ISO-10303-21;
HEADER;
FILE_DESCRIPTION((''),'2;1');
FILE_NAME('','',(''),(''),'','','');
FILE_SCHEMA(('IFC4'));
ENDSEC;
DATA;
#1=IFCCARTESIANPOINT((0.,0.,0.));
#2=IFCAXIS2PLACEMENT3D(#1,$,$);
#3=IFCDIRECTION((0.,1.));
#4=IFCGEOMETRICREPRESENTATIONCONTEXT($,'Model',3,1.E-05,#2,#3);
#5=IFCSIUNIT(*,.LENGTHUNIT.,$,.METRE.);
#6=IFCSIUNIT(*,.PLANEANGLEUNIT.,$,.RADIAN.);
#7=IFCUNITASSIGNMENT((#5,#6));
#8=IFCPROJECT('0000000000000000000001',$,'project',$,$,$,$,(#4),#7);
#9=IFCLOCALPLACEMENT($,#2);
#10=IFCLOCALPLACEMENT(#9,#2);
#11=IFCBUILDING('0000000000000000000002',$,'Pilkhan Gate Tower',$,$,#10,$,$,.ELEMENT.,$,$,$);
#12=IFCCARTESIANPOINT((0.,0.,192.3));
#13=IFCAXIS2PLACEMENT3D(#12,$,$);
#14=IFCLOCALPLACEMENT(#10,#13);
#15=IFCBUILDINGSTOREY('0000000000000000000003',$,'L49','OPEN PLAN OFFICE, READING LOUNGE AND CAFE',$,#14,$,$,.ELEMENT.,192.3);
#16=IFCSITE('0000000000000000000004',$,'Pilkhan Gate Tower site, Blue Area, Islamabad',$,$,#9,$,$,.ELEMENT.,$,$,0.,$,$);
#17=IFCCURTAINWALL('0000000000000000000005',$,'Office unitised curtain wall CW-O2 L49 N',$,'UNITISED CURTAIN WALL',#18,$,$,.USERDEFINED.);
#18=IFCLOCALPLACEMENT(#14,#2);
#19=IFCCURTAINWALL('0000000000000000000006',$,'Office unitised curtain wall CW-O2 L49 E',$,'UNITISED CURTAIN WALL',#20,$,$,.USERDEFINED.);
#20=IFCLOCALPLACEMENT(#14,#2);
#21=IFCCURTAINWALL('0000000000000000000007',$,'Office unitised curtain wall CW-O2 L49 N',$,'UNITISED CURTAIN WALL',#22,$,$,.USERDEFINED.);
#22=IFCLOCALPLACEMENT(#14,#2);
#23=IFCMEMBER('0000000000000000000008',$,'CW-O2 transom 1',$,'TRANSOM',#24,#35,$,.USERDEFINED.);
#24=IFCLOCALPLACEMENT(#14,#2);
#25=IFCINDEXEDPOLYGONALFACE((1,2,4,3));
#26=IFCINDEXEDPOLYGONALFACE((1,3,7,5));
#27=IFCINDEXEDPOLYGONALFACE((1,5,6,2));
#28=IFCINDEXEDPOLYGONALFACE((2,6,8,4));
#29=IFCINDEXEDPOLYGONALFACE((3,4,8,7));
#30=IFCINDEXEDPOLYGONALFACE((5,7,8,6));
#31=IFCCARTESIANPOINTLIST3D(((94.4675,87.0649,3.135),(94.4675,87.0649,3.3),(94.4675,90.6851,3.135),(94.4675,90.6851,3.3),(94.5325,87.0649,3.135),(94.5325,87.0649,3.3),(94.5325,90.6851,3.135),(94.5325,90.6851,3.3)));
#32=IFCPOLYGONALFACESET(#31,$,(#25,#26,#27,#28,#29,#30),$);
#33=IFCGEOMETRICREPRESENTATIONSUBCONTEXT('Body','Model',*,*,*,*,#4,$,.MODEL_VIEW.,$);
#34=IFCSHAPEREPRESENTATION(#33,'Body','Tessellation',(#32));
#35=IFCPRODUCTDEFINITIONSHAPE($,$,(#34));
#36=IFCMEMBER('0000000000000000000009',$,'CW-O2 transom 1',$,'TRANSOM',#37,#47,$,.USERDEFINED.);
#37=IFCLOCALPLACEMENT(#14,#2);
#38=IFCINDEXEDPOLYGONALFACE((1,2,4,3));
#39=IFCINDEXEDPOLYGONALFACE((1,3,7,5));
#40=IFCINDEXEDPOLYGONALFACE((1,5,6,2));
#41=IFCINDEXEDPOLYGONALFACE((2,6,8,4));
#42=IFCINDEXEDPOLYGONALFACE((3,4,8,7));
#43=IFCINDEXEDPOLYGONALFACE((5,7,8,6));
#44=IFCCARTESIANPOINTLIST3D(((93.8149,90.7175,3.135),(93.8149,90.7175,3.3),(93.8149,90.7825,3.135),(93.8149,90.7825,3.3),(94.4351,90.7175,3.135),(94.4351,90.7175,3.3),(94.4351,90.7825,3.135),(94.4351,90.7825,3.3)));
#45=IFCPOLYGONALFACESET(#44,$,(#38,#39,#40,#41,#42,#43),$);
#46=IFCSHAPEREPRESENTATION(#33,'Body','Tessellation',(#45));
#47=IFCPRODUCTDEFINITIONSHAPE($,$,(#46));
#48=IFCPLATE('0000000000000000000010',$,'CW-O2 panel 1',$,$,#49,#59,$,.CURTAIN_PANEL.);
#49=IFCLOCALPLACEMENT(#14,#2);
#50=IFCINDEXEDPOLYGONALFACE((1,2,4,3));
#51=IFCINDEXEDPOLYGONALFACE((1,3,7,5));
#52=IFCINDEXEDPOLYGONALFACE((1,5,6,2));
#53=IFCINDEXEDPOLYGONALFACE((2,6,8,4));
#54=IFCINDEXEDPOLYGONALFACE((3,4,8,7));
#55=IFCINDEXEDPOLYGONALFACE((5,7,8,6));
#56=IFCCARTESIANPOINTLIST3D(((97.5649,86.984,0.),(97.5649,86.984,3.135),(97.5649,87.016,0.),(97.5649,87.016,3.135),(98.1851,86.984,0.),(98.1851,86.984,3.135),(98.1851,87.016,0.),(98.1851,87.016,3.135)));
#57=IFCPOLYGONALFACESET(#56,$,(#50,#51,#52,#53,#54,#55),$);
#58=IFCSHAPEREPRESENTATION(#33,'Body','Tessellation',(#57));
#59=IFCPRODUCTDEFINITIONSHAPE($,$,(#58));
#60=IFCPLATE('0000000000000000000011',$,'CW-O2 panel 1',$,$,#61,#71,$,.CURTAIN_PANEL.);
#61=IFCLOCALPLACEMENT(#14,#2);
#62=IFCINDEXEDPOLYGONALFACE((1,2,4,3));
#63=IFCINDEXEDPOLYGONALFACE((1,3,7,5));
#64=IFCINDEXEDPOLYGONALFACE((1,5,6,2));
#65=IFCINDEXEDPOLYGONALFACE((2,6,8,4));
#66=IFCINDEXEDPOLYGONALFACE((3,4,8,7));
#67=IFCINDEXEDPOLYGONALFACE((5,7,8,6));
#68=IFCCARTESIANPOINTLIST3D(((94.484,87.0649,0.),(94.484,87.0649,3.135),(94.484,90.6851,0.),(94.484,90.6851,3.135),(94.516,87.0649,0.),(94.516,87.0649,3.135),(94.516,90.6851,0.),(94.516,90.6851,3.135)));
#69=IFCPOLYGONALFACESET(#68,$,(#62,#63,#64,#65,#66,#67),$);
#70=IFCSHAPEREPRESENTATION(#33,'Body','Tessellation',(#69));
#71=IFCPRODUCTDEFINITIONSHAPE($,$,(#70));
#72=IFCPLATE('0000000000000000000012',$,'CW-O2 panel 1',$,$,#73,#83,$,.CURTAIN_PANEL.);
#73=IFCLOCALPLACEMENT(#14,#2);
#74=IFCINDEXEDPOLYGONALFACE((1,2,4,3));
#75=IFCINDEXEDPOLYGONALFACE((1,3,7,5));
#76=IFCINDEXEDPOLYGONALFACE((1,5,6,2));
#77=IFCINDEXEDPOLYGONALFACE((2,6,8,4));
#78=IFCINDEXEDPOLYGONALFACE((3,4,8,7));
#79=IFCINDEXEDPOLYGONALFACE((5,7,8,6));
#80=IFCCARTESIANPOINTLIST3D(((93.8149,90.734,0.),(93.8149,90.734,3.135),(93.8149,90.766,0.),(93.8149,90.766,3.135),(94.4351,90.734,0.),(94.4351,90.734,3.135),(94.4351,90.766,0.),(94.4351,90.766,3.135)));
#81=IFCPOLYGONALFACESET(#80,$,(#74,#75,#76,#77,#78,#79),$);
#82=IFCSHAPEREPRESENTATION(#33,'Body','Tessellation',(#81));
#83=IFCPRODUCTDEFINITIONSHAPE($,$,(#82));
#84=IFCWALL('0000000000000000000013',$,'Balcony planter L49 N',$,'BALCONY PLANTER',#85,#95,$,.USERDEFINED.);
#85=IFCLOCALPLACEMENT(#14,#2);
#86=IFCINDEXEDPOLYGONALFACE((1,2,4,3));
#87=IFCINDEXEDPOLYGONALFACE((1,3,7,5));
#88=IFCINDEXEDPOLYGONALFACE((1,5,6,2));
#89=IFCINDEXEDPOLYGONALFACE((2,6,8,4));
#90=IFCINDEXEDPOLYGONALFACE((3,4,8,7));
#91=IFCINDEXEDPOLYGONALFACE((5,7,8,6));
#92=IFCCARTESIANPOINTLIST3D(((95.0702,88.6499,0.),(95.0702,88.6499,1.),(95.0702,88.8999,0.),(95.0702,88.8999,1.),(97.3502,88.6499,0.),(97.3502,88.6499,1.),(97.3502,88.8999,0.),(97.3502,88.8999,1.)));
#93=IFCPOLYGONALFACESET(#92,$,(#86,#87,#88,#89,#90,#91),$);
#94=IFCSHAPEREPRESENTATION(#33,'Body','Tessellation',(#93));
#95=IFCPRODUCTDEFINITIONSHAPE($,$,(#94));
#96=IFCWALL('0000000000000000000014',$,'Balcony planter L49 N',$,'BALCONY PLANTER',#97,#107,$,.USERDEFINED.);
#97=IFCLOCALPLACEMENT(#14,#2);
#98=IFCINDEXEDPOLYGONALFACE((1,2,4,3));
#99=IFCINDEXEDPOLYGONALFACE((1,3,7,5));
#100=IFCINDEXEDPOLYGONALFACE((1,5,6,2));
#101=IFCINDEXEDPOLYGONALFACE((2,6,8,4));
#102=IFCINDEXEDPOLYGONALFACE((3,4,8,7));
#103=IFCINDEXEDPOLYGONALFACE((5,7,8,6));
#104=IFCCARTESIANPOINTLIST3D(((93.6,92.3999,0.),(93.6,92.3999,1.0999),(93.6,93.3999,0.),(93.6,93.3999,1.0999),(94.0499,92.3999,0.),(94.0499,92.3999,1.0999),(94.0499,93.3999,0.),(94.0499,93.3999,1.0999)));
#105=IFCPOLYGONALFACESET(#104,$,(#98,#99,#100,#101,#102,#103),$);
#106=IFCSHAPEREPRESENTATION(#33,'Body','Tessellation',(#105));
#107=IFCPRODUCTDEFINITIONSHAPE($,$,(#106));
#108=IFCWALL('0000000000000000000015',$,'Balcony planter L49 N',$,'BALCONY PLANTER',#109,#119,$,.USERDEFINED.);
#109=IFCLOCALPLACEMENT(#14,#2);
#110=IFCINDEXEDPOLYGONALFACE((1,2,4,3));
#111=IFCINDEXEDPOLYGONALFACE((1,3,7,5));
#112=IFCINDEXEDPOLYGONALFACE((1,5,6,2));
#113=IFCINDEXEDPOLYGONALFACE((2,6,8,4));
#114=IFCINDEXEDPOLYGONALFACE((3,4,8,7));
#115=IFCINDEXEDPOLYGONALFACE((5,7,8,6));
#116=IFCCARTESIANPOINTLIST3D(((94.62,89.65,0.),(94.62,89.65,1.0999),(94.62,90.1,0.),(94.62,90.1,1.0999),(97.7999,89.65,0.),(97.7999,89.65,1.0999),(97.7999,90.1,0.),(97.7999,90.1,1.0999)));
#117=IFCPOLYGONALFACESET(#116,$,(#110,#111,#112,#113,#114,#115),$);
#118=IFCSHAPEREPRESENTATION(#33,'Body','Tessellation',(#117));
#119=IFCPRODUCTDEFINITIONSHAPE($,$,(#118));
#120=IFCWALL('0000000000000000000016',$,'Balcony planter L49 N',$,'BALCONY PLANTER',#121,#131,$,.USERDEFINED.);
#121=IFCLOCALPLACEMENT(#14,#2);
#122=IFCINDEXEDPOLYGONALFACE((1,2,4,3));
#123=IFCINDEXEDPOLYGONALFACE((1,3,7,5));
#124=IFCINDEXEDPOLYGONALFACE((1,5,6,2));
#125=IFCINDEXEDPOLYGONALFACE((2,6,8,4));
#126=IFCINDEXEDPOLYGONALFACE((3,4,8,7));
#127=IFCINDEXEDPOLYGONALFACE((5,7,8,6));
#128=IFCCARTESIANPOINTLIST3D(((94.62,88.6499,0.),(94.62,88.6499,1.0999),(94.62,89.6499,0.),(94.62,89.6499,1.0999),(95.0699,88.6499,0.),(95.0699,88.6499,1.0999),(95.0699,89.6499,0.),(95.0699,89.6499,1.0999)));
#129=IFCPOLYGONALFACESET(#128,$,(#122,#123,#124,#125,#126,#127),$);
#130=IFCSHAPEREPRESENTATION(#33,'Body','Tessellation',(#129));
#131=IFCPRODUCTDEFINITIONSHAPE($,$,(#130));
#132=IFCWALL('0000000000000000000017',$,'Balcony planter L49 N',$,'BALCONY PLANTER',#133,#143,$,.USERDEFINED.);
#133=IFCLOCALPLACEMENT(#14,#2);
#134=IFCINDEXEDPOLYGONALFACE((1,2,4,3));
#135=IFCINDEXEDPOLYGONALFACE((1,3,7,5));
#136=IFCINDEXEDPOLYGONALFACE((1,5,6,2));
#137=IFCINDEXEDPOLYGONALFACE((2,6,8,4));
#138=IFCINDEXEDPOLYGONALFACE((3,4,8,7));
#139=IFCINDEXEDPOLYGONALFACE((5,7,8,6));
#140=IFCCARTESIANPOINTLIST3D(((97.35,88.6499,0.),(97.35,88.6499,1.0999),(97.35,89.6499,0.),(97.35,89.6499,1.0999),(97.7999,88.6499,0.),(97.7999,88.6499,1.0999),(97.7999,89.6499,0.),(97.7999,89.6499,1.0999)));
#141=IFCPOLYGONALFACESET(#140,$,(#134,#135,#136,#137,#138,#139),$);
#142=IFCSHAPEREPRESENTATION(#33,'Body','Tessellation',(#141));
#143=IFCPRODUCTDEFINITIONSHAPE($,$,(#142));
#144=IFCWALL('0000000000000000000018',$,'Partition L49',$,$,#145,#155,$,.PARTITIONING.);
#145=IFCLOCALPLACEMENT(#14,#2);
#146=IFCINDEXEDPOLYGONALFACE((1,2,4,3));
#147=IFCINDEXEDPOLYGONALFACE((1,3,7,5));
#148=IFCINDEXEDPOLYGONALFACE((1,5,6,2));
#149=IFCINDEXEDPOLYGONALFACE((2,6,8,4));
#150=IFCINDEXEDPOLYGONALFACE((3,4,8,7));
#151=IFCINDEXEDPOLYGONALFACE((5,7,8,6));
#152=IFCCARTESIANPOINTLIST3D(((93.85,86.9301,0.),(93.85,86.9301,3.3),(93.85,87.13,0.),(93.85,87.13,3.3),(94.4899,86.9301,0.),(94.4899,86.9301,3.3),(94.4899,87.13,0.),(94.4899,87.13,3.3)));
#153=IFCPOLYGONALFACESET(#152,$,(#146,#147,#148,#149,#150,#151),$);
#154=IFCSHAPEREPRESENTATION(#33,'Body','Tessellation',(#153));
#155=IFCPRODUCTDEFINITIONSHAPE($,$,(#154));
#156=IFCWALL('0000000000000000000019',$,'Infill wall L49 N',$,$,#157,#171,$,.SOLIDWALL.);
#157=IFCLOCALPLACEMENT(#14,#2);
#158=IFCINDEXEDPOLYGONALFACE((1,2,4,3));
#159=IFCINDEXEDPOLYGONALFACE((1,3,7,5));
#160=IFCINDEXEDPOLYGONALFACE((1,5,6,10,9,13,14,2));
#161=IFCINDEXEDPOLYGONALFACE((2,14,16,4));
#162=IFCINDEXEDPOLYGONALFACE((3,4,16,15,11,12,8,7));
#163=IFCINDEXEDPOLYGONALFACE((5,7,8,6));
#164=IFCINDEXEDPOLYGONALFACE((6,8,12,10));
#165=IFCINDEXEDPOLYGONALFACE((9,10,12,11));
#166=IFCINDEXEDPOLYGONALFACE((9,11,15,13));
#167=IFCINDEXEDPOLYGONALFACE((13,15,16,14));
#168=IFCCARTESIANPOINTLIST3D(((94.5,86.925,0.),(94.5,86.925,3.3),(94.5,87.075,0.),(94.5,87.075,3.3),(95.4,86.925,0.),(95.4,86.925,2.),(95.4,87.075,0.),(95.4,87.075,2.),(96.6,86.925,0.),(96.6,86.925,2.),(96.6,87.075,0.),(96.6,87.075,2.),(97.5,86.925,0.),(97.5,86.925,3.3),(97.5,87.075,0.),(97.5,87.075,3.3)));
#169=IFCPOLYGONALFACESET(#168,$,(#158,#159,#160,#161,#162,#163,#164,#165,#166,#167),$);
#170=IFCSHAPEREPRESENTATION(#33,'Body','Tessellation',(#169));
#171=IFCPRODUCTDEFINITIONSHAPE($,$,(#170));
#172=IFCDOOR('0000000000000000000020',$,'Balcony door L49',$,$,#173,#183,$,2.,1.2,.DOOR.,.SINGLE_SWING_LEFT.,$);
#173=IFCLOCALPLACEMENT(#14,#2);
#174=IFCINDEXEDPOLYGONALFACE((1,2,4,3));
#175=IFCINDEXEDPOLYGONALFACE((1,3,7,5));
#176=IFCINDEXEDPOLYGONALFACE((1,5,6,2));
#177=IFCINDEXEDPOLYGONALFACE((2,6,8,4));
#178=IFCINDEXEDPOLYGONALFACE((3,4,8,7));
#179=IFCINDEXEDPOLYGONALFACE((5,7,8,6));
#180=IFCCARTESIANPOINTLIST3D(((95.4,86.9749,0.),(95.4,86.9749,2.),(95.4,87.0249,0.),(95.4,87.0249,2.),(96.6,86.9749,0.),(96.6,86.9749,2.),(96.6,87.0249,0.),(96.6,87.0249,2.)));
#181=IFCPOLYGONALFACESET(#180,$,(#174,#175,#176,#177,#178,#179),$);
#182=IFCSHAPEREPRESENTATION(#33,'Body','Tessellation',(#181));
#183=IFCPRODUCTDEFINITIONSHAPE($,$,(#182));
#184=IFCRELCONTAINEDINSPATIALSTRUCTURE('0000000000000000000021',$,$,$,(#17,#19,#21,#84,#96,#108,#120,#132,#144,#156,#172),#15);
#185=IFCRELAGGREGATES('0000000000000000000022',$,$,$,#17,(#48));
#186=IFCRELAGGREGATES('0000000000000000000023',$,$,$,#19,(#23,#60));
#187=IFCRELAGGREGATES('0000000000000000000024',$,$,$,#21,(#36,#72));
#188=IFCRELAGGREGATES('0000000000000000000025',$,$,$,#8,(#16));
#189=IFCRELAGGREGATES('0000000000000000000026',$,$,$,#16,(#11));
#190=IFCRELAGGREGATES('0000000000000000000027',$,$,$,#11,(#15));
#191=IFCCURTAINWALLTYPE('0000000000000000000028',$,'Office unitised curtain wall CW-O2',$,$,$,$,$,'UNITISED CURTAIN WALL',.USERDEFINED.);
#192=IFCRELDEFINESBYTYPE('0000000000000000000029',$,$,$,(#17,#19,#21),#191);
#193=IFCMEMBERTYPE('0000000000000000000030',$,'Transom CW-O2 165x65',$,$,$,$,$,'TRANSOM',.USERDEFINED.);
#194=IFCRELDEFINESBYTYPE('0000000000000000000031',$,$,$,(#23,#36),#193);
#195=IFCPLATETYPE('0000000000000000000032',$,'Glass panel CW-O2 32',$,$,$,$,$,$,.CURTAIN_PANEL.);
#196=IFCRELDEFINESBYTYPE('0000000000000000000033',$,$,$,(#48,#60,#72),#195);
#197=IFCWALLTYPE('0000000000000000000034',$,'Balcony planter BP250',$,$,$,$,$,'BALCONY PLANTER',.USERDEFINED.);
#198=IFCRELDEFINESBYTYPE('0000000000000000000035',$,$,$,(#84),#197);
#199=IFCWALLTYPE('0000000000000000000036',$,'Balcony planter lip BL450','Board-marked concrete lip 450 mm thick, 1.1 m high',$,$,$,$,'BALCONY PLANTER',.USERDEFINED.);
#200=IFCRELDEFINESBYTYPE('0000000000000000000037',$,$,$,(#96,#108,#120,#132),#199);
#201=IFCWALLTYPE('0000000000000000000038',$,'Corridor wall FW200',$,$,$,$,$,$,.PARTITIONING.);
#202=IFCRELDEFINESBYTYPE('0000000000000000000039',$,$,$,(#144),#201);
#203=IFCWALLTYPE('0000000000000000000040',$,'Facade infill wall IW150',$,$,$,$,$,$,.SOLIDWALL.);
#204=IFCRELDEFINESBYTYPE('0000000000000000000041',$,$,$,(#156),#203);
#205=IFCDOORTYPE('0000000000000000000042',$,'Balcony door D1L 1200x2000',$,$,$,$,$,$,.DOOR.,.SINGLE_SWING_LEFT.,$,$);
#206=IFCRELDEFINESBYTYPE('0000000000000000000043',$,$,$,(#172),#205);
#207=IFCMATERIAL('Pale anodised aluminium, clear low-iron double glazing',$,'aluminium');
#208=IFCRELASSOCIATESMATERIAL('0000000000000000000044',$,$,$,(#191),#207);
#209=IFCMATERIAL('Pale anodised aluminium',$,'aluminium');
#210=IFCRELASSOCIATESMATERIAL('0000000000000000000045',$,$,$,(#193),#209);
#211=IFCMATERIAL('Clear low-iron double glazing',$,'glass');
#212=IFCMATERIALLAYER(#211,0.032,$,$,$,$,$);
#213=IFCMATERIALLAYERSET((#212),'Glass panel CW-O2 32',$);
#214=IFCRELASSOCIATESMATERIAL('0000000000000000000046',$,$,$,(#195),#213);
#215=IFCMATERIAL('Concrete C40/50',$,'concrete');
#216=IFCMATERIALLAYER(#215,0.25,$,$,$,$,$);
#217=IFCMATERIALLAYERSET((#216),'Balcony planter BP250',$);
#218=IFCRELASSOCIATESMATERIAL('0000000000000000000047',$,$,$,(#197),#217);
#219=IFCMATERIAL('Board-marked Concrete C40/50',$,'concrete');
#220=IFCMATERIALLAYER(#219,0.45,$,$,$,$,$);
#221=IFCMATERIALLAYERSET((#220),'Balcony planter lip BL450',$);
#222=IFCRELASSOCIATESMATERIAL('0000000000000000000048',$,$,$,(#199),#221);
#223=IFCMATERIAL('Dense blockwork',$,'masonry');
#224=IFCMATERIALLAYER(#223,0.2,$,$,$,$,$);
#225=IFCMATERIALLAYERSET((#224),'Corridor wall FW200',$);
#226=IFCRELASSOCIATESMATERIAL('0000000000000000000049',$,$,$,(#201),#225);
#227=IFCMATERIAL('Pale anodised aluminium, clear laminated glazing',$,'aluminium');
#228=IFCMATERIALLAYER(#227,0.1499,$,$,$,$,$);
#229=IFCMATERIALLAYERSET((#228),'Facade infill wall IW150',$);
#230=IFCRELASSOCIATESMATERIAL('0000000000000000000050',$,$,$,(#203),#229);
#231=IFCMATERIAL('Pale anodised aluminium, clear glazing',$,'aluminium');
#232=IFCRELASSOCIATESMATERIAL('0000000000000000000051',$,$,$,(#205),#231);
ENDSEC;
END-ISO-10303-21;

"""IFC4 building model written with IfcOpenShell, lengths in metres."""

from ifc_helpers import new_model, si_unit, direction, frame, frame_2d, origin, origin_2d, place, context, subcontext, project, spatial, rectangle, extrude, material, layer, layer_set, material_profile, profile_set, type_object, element, fill, aggregate, save


model = new_model("IFC4")

# Units and contexts
model_context = context("Model", 3, precision=1e-05, world=origin(), true_north=direction((0.0, 1.0)))
body_context = subcontext(model_context, "Body", "Model", "MODEL_VIEW")
ifc_project = project(units=[si_unit("LENGTHUNIT", "METRE"), si_unit("PLANEANGLEUNIT", "RADIAN")], contexts=[model_context])

# Site, building, storey
site_placement = place(None, origin())
site = spatial("IfcSite", under=ifc_project, at=site_placement, Name="Pilkhan Gate Tower site, Blue Area, Islamabad", CompositionType="ELEMENT", RefElevation=0.0)
building_placement = place(site_placement, origin())
building = spatial("IfcBuilding", under=site, at=building_placement, Name="Pilkhan Gate Tower", CompositionType="ELEMENT")
storey_placement = place(building_placement, frame((0.0, 0.0, 192.3)))
storey = spatial("IfcBuildingStorey", under=building, at=storey_placement, Name="L49", Description="OPEN PLAN OFFICE, READING LOUNGE AND CAFE", CompositionType="ELEMENT", Elevation=192.3)

# Shared definitions
ifc_material_1 = material(Name="Pale anodised aluminium, clear low-iron double glazing", Category="aluminium")
curtain_wall_type = type_object("IfcCurtainWallType", Name="Office unitised curtain wall CW-O2", ElementType="UNITISED CURTAIN WALL", PredefinedType="USERDEFINED", material=ifc_material_1)
ifc_material_2 = material(Name="Pale anodised aluminium", Category="aluminium")

# Curtain walls
curtain_wall_1_placement = place(storey_placement, origin())
curtain_wall_1 = element("IfcCurtainWall", 1, at=curtain_wall_1_placement, inside=storey, type_object=curtain_wall_type, Name="Office unitised curtain wall CW-O2 L49 N", ObjectType="UNITISED CURTAIN WALL", PredefinedType="USERDEFINED")
curtain_wall_2_placement = place(storey_placement, origin())
curtain_wall_2 = element("IfcCurtainWall", 2, at=curtain_wall_2_placement, inside=storey, type_object=curtain_wall_type, Name="Office unitised curtain wall CW-O2 L49 E", ObjectType="UNITISED CURTAIN WALL", PredefinedType="USERDEFINED")
curtain_wall_3_placement = place(storey_placement, origin())
curtain_wall_3 = element("IfcCurtainWall", 3, at=curtain_wall_3_placement, inside=storey, type_object=curtain_wall_type, Name="Office unitised curtain wall CW-O2 L49 N", ObjectType="UNITISED CURTAIN WALL", PredefinedType="USERDEFINED")

# Members
ifc_material_profile_1 = material_profile(ifc_material_2, rectangle(XDim=0.0649, YDim=0.165, at=origin_2d()), Name="Transom 165x65")
ifc_profile_set_1 = profile_set([ifc_material_profile_1], Name="Pale anodised aluminium")
member_type_1 = type_object("IfcMemberType", Name="Transom CW-O2 165x65", ElementType="TRANSOM", PredefinedType="USERDEFINED", material=ifc_profile_set_1)
member_1_placement = place(storey_placement, frame((94.5, 87.0649, 3.2175), z_axis=(0.0, 1.0, 0.0), x_axis=(-1.0, 0.0, 0.0)))
member_1 = element("IfcMember", 4, at=member_1_placement, type_object=member_type_1, Name="CW-O2 transom 1", ObjectType="TRANSOM", PredefinedType="USERDEFINED", context=body_context, shape_type="SweptSolid", body=[
    extrude(rectangle(XDim=0.0649, YDim=0.165, at=origin_2d()), origin(), (0.0, 0.0, 1.0), 3.6201),
])
member_2_placement = place(storey_placement, frame((93.8149, 90.75, 3.2175), z_axis=(1.0, 0.0, 0.0), x_axis=(0.0, 1.0, 0.0)))
member_2 = element("IfcMember", 5, at=member_2_placement, type_object=member_type_1, Name="CW-O2 transom 1", ObjectType="TRANSOM", PredefinedType="USERDEFINED", context=body_context, shape_type="SweptSolid", body=[
    extrude(rectangle(XDim=0.0649, YDim=0.165, at=origin_2d()), origin(), (0.0, 0.0, 1.0), 0.6201),
])

# Plates
ifc_material_3 = material(Name="Clear low-iron double glazing", Category="glass")
ifc_layer_1 = layer(ifc_material_3, 0.032)
ifc_layer_set_1 = layer_set([ifc_layer_1], Name="Glass panel CW-O2 32")
plate_type = type_object("IfcPlateType", Name="Glass panel CW-O2 32", PredefinedType="CURTAIN_PANEL", material=ifc_layer_set_1)
plate_1_placement = place(storey_placement, frame((97.875, 87.0, 0.0), z_axis=(0.0, 0.0, 1.0), x_axis=(1.0, 0.0, 0.0)))
plate_1 = element("IfcPlate", 6, at=plate_1_placement, type_object=plate_type, Name="CW-O2 panel 1", PredefinedType="CURTAIN_PANEL", context=body_context, shape_type="SweptSolid", body=[
    extrude(rectangle(XDim=0.6201, YDim=0.032, at=origin_2d()), origin(), (0.0, 0.0, 1.0), 3.135),
])
aggregate(curtain_wall_1, [plate_1])
plate_2_placement = place(storey_placement, frame((94.5, 88.875, 0.0), z_axis=(0.0, 0.0, 1.0), x_axis=(0.0, 1.0, 0.0)))
plate_2 = element("IfcPlate", 7, at=plate_2_placement, type_object=plate_type, Name="CW-O2 panel 1", PredefinedType="CURTAIN_PANEL", context=body_context, shape_type="SweptSolid", body=[
    extrude(rectangle(XDim=3.6201, YDim=0.032, at=origin_2d()), origin(), (0.0, 0.0, 1.0), 3.135),
])
aggregate(curtain_wall_2, [member_1, plate_2])
plate_3_placement = place(storey_placement, frame((94.125, 90.75, 0.0), z_axis=(0.0, 0.0, 1.0), x_axis=(1.0, 0.0, 0.0)))
plate_3 = element("IfcPlate", 8, at=plate_3_placement, type_object=plate_type, Name="CW-O2 panel 1", PredefinedType="CURTAIN_PANEL", context=body_context, shape_type="SweptSolid", body=[
    extrude(rectangle(XDim=0.6201, YDim=0.032, at=origin_2d()), origin(), (0.0, 0.0, 1.0), 3.135),
])
aggregate(curtain_wall_3, [member_2, plate_3])

# Walls
ifc_material_4 = material(Name="Concrete C40/50", Category="concrete")
ifc_layer_2 = layer(ifc_material_4, 0.25)
ifc_layer_set_2 = layer_set([ifc_layer_2], Name="Balcony planter BP250")
wall_type_1 = type_object("IfcWallType", Name="Balcony planter BP250", ElementType="BALCONY PLANTER", PredefinedType="USERDEFINED", material=ifc_layer_set_2)
wall_1_placement = place(storey_placement, frame((95.0701, 88.7749, 0.0), z_axis=(0.0, 0.0, 1.0), x_axis=(1.0, 0.0, 0.0)))
element("IfcWall", 9, at=wall_1_placement, inside=storey, type_object=wall_type_1, Name="Balcony planter L49 N", ObjectType="BALCONY PLANTER", PredefinedType="USERDEFINED", context=body_context, shape_type="SweptSolid", body=[
    extrude(rectangle(XDim=2.28, YDim=0.25, at=frame_2d((1.1401, 0.0))), origin(), (0.0, 0.0, 1.0), 1.0),
])
ifc_material_5 = material(Name="Board-marked Concrete C40/50", Category="concrete")
ifc_layer_3 = layer(ifc_material_5, 0.45)
ifc_layer_set_3 = layer_set([ifc_layer_3], Name="Balcony planter lip BL450")
wall_type_2 = type_object("IfcWallType", Name="Balcony planter lip BL450", Description="Board-marked concrete lip 450 mm thick, 1.1 m high", ElementType="BALCONY PLANTER", PredefinedType="USERDEFINED", material=ifc_layer_set_3)
wall_2_placement = place(storey_placement, frame((93.825, 92.3999, 0.0), z_axis=(0.0, 0.0, 1.0), x_axis=(0.0, 1.0, 0.0)))
element("IfcWall", 10, at=wall_2_placement, inside=storey, type_object=wall_type_2, Name="Balcony planter L49 N", ObjectType="BALCONY PLANTER", PredefinedType="USERDEFINED", context=body_context, shape_type="SweptSolid", body=[
    extrude(rectangle(XDim=1.0, YDim=0.45, at=frame_2d((0.5, 0.0))), origin(), (0.0, 0.0, 1.0), 1.0999),
])
wall_3_placement = place(storey_placement, frame((94.6201, 89.875, 0.0), z_axis=(0.0, 0.0, 1.0), x_axis=(1.0, 0.0, 0.0)))
element("IfcWall", 11, at=wall_3_placement, inside=storey, type_object=wall_type_2, Name="Balcony planter L49 N", ObjectType="BALCONY PLANTER", PredefinedType="USERDEFINED", context=body_context, shape_type="SweptSolid", body=[
    extrude(rectangle(XDim=3.1799, YDim=0.45, at=frame_2d((1.5898, 0.0))), origin(), (0.0, 0.0, 1.0), 1.0999),
])
for number, where, z_axis, x_axis, name in (
    (12, (94.845, 88.6499, 0.0), (0.0, 0.0, 1.0), (0.0, 1.0, 0.0), "Balcony planter L49 N"),
    (13, (97.575, 88.6499, 0.0), (0.0, 0.0, 1.0), (0.0, 1.0, 0.0), "Balcony planter L49 N"),
):
    element("IfcWall", number, at=place(storey_placement, frame(where, z_axis=z_axis, x_axis=x_axis)), inside=storey, type_object=wall_type_2, Name=name, ObjectType="BALCONY PLANTER", PredefinedType="USERDEFINED", context=body_context, shape_type="SweptSolid", body=[
        extrude(rectangle(XDim=1.0, YDim=0.45, at=frame_2d((0.5, 0.0))), origin(), (0.0, 0.0, 1.0), 1.0999),
    ])
ifc_material_6 = material(Name="Dense blockwork", Category="masonry")
ifc_layer_4 = layer(ifc_material_6, 0.2)
ifc_layer_set_4 = layer_set([ifc_layer_4], Name="Corridor wall FW200")
wall_type_3 = type_object("IfcWallType", Name="Corridor wall FW200", PredefinedType="PARTITIONING", material=ifc_layer_set_4)
wall_4_placement = place(storey_placement, frame((93.8501, 87.03, 0.0), z_axis=(0.0, 0.0, 1.0), x_axis=(1.0, 0.0, 0.0)))
element("IfcWall", 14, at=wall_4_placement, inside=storey, type_object=wall_type_3, Name="Partition L49", PredefinedType="PARTITIONING", context=body_context, shape_type="SweptSolid", body=[
    extrude(rectangle(XDim=0.6399, YDim=0.2, at=frame_2d((0.3198, 0.0))), origin(), (0.0, 0.0, 1.0), 3.3),
])

# Wall, opening, door
ifc_material_7 = material(Name="Pale anodised aluminium, clear laminated glazing", Category="aluminium")
ifc_layer_5 = layer(ifc_material_7, 0.1499)
ifc_layer_set_5 = layer_set([ifc_layer_5], Name="Facade infill wall IW150")
wall_type_4 = type_object("IfcWallType", Name="Facade infill wall IW150", PredefinedType="SOLIDWALL", material=ifc_layer_set_5)
wall_5_placement = place(storey_placement, frame((94.5, 87.0, 0.0), z_axis=(0.0, 0.0, 1.0), x_axis=(1.0, 0.0, 0.0)))
wall_5 = element("IfcWall", 15, at=wall_5_placement, inside=storey, type_object=wall_type_4, Name="Infill wall L49 N", PredefinedType="SOLIDWALL", context=body_context, shape_type="SweptSolid", body=[
    extrude(rectangle(XDim=3.0, YDim=0.1499, at=frame_2d((1.5, 0.0))), origin(), (0.0, 0.0, 1.0), 3.3),
])
opening_placement = place(wall_5_placement, frame((0.8999, 0.0, 0.0)))
opening = element("IfcOpeningElement", 16, at=opening_placement, cuts=wall_5, PredefinedType="OPENING", context=body_context, shape_type="SweptSolid", body=[
    extrude(rectangle(XDim=1.2, YDim=2.0, at=frame_2d((0.6001, 1.0))), frame((0.0, 0.085, 0.0), z_axis=(0.0, -1.0, 0.0), x_axis=(1.0, 0.0, 0.0)), (0.0, 0.0, 1.0), 0.1699),
])
ifc_material_8 = material(Name="Pale anodised aluminium, clear glazing", Category="aluminium")
door_type = type_object("IfcDoorType", Name="Balcony door D1L 1200x2000", OperationType="SINGLE_SWING_LEFT", PredefinedType="DOOR", material=ifc_material_8)
door_placement = place(opening_placement, origin())
door = element("IfcDoor", 17, at=door_placement, inside=storey, type_object=door_type, Name="Balcony door L49", OperationType="SINGLE_SWING_LEFT", OverallHeight=2.0, OverallWidth=1.2, PredefinedType="DOOR", context=body_context, shape_type="SweptSolid", body=[
    extrude(rectangle(XDim=1.2, YDim=2.0, at=frame_2d((0.6001, 1.0))), frame((0.0, 0.0249, 0.0), z_axis=(0.0, -1.0, 0.0), x_axis=(1.0, 0.0, 0.0)), (0.0, 0.0, 1.0), 0.05),
])
fill(opening, door)

save(model, "model.ifc")
